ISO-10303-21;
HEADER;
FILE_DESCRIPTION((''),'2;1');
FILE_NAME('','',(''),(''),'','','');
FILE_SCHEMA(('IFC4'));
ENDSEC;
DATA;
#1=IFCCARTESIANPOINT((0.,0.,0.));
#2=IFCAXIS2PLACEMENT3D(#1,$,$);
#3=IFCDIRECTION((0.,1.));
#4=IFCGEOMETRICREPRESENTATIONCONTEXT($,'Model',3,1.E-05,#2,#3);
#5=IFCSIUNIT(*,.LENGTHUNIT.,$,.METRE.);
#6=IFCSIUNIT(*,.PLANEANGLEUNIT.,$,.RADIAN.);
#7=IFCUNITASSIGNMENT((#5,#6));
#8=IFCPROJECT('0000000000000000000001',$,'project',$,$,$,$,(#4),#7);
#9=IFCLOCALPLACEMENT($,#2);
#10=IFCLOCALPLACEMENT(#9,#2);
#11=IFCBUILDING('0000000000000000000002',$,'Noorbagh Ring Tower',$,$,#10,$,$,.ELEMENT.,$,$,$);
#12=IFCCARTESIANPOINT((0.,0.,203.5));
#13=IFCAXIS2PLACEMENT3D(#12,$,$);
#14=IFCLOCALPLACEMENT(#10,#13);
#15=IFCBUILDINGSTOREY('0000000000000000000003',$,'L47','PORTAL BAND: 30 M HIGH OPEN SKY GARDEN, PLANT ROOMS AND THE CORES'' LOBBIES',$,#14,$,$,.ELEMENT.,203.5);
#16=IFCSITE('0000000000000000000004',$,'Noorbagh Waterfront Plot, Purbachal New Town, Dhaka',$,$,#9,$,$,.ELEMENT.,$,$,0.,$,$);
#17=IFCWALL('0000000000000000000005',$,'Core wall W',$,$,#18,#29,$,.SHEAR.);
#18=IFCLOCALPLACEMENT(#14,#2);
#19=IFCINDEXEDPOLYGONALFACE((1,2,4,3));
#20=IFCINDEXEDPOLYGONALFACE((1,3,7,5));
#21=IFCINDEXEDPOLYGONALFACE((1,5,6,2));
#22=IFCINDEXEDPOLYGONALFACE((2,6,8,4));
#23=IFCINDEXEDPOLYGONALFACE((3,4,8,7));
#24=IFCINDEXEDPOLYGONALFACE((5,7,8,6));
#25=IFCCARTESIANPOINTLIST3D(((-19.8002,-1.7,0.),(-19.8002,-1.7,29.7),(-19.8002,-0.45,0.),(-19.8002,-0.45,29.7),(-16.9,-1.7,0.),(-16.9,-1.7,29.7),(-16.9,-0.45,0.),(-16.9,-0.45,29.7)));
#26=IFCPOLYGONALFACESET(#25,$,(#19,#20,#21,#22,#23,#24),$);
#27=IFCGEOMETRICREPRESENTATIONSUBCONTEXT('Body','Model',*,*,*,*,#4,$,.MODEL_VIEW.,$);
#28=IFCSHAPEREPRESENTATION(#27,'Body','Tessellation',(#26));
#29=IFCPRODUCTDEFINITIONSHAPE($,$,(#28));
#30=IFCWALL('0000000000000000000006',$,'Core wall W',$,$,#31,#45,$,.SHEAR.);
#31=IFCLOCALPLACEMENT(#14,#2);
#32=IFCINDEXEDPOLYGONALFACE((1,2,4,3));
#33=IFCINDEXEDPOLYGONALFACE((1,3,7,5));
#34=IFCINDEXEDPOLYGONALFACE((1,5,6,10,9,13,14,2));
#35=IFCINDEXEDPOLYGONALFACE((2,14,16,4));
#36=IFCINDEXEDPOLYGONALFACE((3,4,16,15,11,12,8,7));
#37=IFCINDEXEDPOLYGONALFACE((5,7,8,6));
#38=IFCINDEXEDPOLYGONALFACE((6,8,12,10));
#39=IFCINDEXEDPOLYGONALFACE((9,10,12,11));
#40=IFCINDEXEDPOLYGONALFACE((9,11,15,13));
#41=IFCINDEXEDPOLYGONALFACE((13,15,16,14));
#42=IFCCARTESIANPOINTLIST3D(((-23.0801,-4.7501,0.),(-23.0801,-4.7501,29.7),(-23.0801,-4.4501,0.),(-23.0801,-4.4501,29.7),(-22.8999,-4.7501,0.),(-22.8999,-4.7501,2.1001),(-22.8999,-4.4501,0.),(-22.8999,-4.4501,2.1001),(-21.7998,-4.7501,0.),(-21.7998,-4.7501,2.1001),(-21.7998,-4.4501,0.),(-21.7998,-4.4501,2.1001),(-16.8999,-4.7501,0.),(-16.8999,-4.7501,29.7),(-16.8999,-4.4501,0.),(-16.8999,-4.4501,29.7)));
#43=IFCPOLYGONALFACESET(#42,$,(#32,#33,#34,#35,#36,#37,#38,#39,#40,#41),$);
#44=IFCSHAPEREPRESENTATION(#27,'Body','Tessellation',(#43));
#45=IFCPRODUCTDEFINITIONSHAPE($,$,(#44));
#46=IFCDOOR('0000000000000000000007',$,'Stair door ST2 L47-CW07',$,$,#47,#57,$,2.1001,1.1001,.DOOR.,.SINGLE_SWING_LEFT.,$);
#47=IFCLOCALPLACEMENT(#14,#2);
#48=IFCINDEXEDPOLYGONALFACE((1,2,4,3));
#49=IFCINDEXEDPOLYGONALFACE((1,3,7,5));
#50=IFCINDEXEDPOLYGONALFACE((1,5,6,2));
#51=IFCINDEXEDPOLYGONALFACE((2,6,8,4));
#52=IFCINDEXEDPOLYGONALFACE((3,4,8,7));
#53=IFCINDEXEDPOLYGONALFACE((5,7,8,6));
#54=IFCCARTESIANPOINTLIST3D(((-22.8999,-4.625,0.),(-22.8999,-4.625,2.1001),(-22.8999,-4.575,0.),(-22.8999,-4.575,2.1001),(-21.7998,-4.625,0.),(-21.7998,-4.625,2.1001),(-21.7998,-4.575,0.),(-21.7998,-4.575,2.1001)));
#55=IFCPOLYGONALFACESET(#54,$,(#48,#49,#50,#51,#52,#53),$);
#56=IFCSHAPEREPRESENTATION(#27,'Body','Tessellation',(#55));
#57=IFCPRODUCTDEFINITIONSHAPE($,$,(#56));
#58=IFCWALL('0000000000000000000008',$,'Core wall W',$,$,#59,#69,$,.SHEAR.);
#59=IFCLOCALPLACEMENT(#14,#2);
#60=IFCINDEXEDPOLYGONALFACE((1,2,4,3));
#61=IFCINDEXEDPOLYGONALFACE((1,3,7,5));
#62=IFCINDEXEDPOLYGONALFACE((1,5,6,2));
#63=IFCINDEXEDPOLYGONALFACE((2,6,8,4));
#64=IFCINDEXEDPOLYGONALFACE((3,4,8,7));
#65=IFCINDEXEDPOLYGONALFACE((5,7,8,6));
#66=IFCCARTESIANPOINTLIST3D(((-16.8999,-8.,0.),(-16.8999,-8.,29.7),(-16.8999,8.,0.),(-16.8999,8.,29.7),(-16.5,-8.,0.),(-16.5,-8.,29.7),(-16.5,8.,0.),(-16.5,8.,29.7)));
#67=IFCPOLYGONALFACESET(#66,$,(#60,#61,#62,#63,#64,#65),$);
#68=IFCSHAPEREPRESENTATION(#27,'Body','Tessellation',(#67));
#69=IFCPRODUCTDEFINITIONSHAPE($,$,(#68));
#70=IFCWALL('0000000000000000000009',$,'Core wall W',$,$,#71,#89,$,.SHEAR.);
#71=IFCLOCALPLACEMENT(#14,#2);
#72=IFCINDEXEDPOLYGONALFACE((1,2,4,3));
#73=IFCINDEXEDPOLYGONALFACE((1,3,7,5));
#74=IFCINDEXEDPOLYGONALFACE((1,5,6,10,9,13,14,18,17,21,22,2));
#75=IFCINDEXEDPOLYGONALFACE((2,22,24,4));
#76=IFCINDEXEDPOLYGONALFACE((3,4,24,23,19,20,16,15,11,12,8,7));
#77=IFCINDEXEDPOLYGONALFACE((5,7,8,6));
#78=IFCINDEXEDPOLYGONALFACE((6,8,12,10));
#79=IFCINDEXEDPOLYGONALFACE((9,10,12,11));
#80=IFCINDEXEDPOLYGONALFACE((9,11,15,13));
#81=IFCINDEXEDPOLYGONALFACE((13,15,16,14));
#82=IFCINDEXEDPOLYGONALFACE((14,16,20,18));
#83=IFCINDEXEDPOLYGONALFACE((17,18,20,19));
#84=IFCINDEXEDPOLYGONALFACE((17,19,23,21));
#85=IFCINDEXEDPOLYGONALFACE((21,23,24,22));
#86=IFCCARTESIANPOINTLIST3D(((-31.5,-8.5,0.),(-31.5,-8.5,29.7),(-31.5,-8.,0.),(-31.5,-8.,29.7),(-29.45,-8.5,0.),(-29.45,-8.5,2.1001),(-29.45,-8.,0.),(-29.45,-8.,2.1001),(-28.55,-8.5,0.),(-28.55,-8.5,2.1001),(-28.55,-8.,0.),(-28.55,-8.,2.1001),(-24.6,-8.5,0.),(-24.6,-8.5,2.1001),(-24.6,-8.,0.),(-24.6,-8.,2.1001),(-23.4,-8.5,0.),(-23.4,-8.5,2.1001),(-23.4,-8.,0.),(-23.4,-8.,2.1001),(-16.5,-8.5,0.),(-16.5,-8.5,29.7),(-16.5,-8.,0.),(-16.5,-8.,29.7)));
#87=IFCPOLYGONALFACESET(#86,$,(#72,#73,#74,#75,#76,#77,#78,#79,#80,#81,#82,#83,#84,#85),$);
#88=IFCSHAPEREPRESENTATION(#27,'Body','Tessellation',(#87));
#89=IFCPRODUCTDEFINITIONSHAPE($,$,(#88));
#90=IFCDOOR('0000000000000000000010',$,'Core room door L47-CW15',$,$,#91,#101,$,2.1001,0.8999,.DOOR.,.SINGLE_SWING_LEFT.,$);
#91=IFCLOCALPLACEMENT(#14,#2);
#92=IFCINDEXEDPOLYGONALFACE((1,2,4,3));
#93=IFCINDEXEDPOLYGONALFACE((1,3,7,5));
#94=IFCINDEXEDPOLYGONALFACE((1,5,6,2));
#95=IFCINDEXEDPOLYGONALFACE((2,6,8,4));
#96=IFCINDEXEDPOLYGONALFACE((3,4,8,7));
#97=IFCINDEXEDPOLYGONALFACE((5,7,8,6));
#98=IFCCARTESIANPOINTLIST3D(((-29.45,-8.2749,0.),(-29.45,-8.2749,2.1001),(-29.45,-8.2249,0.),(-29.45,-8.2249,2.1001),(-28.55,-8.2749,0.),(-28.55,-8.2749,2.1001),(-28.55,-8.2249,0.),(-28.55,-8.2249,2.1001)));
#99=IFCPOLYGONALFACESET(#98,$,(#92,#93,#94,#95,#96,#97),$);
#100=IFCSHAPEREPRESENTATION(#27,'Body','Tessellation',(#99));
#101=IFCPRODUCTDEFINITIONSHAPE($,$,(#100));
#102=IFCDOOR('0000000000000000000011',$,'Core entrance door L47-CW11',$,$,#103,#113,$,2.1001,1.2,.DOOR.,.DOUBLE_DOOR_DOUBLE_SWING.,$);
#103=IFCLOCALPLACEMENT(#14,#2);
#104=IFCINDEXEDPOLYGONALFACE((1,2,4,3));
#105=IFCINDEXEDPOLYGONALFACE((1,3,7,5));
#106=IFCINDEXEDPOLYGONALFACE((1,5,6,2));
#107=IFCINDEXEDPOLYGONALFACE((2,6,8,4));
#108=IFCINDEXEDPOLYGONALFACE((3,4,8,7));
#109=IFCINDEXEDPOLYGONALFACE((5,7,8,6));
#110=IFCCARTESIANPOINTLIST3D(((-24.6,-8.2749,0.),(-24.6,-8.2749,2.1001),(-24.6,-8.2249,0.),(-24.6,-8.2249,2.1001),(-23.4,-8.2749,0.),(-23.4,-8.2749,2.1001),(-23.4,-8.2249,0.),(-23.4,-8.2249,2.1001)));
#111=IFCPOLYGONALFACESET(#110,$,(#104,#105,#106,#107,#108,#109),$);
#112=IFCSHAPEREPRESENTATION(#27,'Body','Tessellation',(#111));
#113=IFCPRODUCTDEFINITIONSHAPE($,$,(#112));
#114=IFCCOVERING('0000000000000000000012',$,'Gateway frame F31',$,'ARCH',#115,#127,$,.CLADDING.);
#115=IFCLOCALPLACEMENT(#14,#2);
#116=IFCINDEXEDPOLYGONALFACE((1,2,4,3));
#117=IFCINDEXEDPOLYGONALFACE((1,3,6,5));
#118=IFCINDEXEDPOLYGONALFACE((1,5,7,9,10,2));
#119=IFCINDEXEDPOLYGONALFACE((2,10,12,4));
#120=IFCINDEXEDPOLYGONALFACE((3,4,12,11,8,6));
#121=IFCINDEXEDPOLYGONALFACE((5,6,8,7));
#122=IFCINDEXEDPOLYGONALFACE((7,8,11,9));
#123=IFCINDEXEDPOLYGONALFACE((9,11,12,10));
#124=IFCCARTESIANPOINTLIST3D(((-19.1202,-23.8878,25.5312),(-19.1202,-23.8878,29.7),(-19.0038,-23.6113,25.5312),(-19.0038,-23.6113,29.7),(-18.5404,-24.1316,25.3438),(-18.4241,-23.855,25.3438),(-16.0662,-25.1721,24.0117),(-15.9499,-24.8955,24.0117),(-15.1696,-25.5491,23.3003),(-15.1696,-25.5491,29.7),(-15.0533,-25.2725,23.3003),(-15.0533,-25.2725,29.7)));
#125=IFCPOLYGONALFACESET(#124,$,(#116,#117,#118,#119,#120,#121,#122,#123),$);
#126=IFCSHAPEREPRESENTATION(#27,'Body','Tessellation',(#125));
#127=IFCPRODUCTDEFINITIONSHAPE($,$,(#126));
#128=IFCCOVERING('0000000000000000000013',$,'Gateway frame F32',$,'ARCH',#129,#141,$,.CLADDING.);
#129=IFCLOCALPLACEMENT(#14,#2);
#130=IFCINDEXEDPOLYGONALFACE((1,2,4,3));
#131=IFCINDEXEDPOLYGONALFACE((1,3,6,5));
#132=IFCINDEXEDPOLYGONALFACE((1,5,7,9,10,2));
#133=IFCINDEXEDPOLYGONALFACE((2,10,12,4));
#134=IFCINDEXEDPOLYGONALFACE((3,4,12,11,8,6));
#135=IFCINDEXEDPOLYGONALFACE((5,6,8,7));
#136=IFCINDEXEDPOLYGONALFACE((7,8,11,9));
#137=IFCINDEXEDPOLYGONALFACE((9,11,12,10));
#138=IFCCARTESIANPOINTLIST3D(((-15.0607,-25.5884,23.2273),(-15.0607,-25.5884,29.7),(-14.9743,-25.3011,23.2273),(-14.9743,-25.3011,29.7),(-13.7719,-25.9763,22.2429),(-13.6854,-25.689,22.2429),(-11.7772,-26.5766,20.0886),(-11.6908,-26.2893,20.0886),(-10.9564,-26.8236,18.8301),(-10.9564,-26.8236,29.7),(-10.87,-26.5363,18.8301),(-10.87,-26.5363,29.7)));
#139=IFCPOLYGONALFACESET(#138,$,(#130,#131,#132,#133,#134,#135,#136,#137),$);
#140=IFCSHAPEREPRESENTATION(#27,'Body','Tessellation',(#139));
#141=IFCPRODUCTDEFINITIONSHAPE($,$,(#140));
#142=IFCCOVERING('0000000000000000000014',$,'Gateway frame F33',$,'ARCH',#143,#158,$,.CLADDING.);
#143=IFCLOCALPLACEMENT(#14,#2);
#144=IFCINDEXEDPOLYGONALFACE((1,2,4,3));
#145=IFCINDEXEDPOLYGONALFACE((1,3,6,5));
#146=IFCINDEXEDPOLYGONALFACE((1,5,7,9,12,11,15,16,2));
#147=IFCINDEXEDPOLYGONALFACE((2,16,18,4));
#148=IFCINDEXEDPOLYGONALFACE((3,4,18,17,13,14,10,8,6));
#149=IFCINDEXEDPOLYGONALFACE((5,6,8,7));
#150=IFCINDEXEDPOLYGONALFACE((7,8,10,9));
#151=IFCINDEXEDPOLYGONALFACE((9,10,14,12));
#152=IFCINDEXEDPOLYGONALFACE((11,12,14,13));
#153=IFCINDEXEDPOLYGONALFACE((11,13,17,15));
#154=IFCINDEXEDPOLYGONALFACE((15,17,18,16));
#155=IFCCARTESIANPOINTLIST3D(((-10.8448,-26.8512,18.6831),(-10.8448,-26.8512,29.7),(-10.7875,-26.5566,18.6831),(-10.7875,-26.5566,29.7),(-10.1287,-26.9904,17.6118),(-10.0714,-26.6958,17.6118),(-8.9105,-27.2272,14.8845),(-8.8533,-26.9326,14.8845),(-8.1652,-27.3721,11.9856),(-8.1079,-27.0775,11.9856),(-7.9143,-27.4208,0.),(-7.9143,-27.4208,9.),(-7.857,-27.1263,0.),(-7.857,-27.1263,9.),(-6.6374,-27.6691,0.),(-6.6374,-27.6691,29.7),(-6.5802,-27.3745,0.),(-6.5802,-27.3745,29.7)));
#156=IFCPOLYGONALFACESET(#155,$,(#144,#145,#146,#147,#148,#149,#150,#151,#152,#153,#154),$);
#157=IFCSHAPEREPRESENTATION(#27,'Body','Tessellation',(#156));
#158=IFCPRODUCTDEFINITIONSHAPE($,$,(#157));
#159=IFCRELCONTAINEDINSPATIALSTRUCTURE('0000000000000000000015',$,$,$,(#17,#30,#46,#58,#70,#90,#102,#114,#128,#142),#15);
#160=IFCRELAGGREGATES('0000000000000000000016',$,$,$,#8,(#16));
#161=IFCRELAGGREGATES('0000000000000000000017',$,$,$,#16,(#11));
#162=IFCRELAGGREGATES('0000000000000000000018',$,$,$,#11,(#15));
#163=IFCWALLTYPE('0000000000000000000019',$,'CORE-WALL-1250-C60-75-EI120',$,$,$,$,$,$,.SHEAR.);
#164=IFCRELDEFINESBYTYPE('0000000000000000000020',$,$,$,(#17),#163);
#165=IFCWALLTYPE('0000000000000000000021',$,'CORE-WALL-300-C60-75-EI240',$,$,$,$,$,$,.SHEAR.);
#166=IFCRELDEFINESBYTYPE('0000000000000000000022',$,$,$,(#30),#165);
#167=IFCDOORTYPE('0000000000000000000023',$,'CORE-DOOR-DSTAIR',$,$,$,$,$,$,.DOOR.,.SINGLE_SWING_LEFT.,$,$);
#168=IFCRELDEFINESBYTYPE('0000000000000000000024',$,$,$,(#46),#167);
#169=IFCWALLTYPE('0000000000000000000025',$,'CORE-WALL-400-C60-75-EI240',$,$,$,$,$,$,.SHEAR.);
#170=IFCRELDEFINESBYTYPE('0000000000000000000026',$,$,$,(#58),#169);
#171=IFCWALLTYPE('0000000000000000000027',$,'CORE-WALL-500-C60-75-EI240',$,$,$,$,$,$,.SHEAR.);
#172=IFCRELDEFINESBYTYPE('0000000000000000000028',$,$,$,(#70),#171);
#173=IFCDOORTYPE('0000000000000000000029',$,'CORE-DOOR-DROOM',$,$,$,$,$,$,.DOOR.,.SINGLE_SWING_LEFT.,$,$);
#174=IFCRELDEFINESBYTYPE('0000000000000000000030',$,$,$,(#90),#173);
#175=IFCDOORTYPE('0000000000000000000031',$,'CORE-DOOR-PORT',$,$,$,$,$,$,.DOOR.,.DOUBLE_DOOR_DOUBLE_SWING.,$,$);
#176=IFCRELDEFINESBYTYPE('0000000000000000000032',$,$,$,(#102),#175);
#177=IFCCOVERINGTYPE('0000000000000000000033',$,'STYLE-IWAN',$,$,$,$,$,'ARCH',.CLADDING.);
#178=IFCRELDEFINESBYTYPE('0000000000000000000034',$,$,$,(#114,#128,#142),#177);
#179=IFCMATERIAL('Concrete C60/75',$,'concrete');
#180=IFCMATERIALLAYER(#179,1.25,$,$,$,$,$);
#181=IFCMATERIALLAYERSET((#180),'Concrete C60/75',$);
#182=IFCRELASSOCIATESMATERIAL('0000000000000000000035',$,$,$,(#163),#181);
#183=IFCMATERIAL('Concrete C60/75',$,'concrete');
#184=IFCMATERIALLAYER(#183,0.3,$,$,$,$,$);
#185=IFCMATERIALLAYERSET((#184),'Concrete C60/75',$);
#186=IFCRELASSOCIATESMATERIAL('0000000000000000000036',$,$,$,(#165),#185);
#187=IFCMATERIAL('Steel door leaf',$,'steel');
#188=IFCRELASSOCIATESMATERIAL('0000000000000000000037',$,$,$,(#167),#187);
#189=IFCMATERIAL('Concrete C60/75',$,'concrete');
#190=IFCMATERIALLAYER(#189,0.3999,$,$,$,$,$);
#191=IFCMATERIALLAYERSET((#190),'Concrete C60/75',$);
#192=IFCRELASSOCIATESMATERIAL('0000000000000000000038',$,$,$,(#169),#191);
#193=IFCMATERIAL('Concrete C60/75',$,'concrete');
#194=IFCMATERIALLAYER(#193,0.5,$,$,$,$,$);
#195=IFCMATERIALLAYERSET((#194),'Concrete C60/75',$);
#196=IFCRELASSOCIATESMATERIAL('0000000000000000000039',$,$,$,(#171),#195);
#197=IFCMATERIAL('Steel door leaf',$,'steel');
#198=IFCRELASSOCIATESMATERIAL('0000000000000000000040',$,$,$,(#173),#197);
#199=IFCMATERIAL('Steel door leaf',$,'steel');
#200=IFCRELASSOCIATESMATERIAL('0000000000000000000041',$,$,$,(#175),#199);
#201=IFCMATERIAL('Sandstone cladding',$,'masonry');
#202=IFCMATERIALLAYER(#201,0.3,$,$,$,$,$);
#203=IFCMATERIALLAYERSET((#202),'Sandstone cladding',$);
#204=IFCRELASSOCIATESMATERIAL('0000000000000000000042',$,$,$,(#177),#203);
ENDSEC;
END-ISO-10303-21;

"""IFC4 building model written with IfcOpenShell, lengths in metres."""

from ifc_helpers import new_model, si_unit, direction, frame, frame_2d, origin, place, context, subcontext, project, spatial, polyline, rectangle, outline, extrude, material, layer, layer_set, type_object, element, fill, save


model = new_model("IFC4")

# Units and contexts
model_context = context("Model", 3, precision=1e-05, world=origin(), true_north=direction((0.0, 1.0)))
body_context = subcontext(model_context, "Body", "Model", "MODEL_VIEW")
ifc_project = project(units=[si_unit("LENGTHUNIT", "METRE"), si_unit("PLANEANGLEUNIT", "RADIAN")], contexts=[model_context])

# Site, building, storey
site_placement = place(None, origin())
site = spatial("IfcSite", under=ifc_project, at=site_placement, Name="Noorbagh Waterfront Plot, Purbachal New Town, Dhaka", CompositionType="ELEMENT", RefElevation=0.0)
building_placement = place(site_placement, origin())
building = spatial("IfcBuilding", under=site, at=building_placement, Name="Noorbagh Ring Tower", CompositionType="ELEMENT")
storey_placement = place(building_placement, frame((0.0, 0.0, 203.5)))
storey = spatial("IfcBuildingStorey", under=building, at=storey_placement, Name="L47", Description="PORTAL BAND: 30 M HIGH OPEN SKY GARDEN, PLANT ROOMS AND THE CORES' LOBBIES", CompositionType="ELEMENT", Elevation=203.5)

# Wall
ifc_material_1 = material(Name="Concrete C60/75", Category="concrete")
ifc_layer_1 = layer(ifc_material_1, 1.25)
ifc_layer_set_1 = layer_set([ifc_layer_1], Name="Concrete C60/75")
wall_type_1 = type_object("IfcWallType", Name="CORE-WALL-1250-C60-75-EI120", PredefinedType="SHEAR", material=ifc_layer_set_1)
wall_1_placement = place(storey_placement, frame((-16.8999, -1.075, 0.0), z_axis=(0.0, 0.0, 1.0), x_axis=(-1.0, 0.0, 0.0)))
element("IfcWall", 1, at=wall_1_placement, inside=storey, type_object=wall_type_1, Name="Core wall W", PredefinedType="SHEAR", context=body_context, shape_type="SweptSolid", body=[
    extrude(rectangle(XDim=2.9001, YDim=1.25, at=frame_2d((1.4502, 0.0))), origin(), (0.0, 0.0, 1.0), 29.7),
])

# Wall, opening, door
ifc_material_2 = material(Name="Concrete C60/75", Category="concrete")
ifc_layer_2 = layer(ifc_material_2, 0.3)
ifc_layer_set_2 = layer_set([ifc_layer_2], Name="Concrete C60/75")
wall_type_2 = type_object("IfcWallType", Name="CORE-WALL-300-C60-75-EI240", PredefinedType="SHEAR", material=ifc_layer_set_2)
wall_2_placement = place(storey_placement, frame((-16.8999, -4.6001, 0.0), z_axis=(0.0, 0.0, 1.0), x_axis=(-1.0, 0.0, 0.0)))
wall_2 = element("IfcWall", 2, at=wall_2_placement, inside=storey, type_object=wall_type_2, Name="Core wall W", PredefinedType="SHEAR", context=body_context, shape_type="SweptSolid", body=[
    extrude(rectangle(XDim=6.1802, YDim=0.3, at=frame_2d((3.0901, 0.0))), origin(), (0.0, 0.0, 1.0), 29.7),
])
opening_1_placement = place(wall_2_placement, frame((4.8999, 0.0, 0.0)))
opening_1 = element("IfcOpeningElement", 3, at=opening_1_placement, cuts=wall_2, PredefinedType="OPENING", context=body_context, shape_type="SweptSolid", body=[
    extrude(rectangle(XDim=1.1001, YDim=2.1001, at=frame_2d((0.55, 1.05))), frame((0.0, 0.1602, 0.0), z_axis=(0.0, -1.0, 0.0), x_axis=(1.0, 0.0, 0.0)), (0.0, 0.0, 1.0), 0.3201),
])
ifc_material_3 = material(Name="Steel door leaf", Category="steel")
door_type_1 = type_object("IfcDoorType", Name="CORE-DOOR-DSTAIR", OperationType="SINGLE_SWING_LEFT", PredefinedType="DOOR", material=ifc_material_3)
door_1_placement = place(opening_1_placement, origin())
door_1 = element("IfcDoor", 4, at=door_1_placement, inside=storey, type_object=door_type_1, Name="Stair door ST2 L47-CW07", OperationType="SINGLE_SWING_LEFT", OverallHeight=2.1001, OverallWidth=1.1001, PredefinedType="DOOR", context=body_context, shape_type="SweptSolid", body=[
    extrude(rectangle(XDim=1.1001, YDim=2.1001, at=frame_2d((0.55, 1.05))), frame((0.0, 0.0249, 0.0), z_axis=(0.0, -1.0, 0.0), x_axis=(1.0, 0.0, 0.0)), (0.0, 0.0, 1.0), 0.05),
])
fill(opening_1, door_1)

# Wall
ifc_material_4 = material(Name="Concrete C60/75", Category="concrete")
ifc_layer_3 = layer(ifc_material_4, 0.3999)
ifc_layer_set_3 = layer_set([ifc_layer_3], Name="Concrete C60/75")
wall_type_3 = type_object("IfcWallType", Name="CORE-WALL-400-C60-75-EI240", PredefinedType="SHEAR", material=ifc_layer_set_3)
wall_3_placement = place(storey_placement, frame((-16.7, -8.0, 0.0), z_axis=(0.0, 0.0, 1.0), x_axis=(0.0, 1.0, 0.0)))
element("IfcWall", 5, at=wall_3_placement, inside=storey, type_object=wall_type_3, Name="Core wall W", PredefinedType="SHEAR", context=body_context, shape_type="SweptSolid", body=[
    extrude(rectangle(XDim=16.0, YDim=0.3999, at=frame_2d((8.0, 0.0))), origin(), (0.0, 0.0, 1.0), 29.7),
])

# Wall, openings, doors
ifc_material_5 = material(Name="Concrete C60/75", Category="concrete")
ifc_layer_4 = layer(ifc_material_5, 0.5)
ifc_layer_set_4 = layer_set([ifc_layer_4], Name="Concrete C60/75")
wall_type_4 = type_object("IfcWallType", Name="CORE-WALL-500-C60-75-EI240", PredefinedType="SHEAR", material=ifc_layer_set_4)
wall_4_placement = place(storey_placement, frame((-16.5, -8.25, 0.0), z_axis=(0.0, 0.0, 1.0), x_axis=(-1.0, 0.0, 0.0)))
wall_4 = element("IfcWall", 6, at=wall_4_placement, inside=storey, type_object=wall_type_4, Name="Core wall W", PredefinedType="SHEAR", context=body_context, shape_type="SweptSolid", body=[
    extrude(rectangle(XDim=15.0, YDim=0.5, at=frame_2d((7.5, 0.0))), origin(), (0.0, 0.0, 1.0), 29.7),
])
opening_2_placement = place(wall_4_placement, frame((6.8999, 0.0, 0.0)))
opening_2 = element("IfcOpeningElement", 7, at=opening_2_placement, cuts=wall_4, PredefinedType="OPENING", context=body_context, shape_type="SweptSolid", body=[
    extrude(rectangle(XDim=1.2, YDim=2.1001, at=frame_2d((0.6001, 1.05))), frame((0.0, 0.26, 0.0), z_axis=(0.0, -1.0, 0.0), x_axis=(1.0, 0.0, 0.0)), (0.0, 0.0, 1.0), 0.52),
])
opening_3_placement = place(wall_4_placement, frame((12.05, 0.0, 0.0)))
opening_3 = element("IfcOpeningElement", 8, at=opening_3_placement, cuts=wall_4, PredefinedType="OPENING", context=body_context, shape_type="SweptSolid", body=[
    extrude(rectangle(XDim=0.8999, YDim=2.1001, at=frame_2d((0.45, 1.05))), frame((0.0, 0.26, 0.0), z_axis=(0.0, -1.0, 0.0), x_axis=(1.0, 0.0, 0.0)), (0.0, 0.0, 1.0), 0.52),
])
ifc_material_6 = material(Name="Steel door leaf", Category="steel")
door_type_2 = type_object("IfcDoorType", Name="CORE-DOOR-DROOM", OperationType="SINGLE_SWING_LEFT", PredefinedType="DOOR", material=ifc_material_6)
door_2_placement = place(opening_3_placement, origin())
door_2 = element("IfcDoor", 9, at=door_2_placement, inside=storey, type_object=door_type_2, Name="Core room door L47-CW15", OperationType="SINGLE_SWING_LEFT", OverallHeight=2.1001, OverallWidth=0.8999, PredefinedType="DOOR", context=body_context, shape_type="SweptSolid", body=[
    extrude(rectangle(XDim=0.8999, YDim=2.1001, at=frame_2d((0.45, 1.05))), frame((0.0, 0.0249, 0.0), z_axis=(0.0, -1.0, 0.0), x_axis=(1.0, 0.0, 0.0)), (0.0, 0.0, 1.0), 0.05),
])
fill(opening_3, door_2)
ifc_material_7 = material(Name="Steel door leaf", Category="steel")
door_type_3 = type_object("IfcDoorType", Name="CORE-DOOR-PORT", OperationType="DOUBLE_DOOR_DOUBLE_SWING", PredefinedType="DOOR", material=ifc_material_7)
door_3_placement = place(opening_2_placement, origin())
door_3 = element("IfcDoor", 10, at=door_3_placement, inside=storey, type_object=door_type_3, Name="Core entrance door L47-CW11", OperationType="DOUBLE_DOOR_DOUBLE_SWING", OverallHeight=2.1001, OverallWidth=1.2, PredefinedType="DOOR", context=body_context, shape_type="SweptSolid", body=[
    extrude(rectangle(XDim=1.2, YDim=2.1001, at=frame_2d((0.6001, 1.05))), frame((0.0, 0.0249, 0.0), z_axis=(0.0, -1.0, 0.0), x_axis=(1.0, 0.0, 0.0)), (0.0, 0.0, 1.0), 0.05),
])
fill(opening_2, door_3)

# Coverings
ifc_material_8 = material(Name="Sandstone cladding", Category="masonry")
ifc_layer_5 = layer(ifc_material_8, 0.3)
ifc_layer_set_5 = layer_set([ifc_layer_5], Name="Sandstone cladding")
covering_type = type_object("IfcCoveringType", Name="STYLE-IWAN", ElementType="ARCH", PredefinedType="CLADDING", material=ifc_layer_set_5)
covering_1_placement = place(storey_placement, frame((-17.0286, -24.4419, 0.0), z_axis=(-0.387638, -0.921812, 0.0), x_axis=(0.921812, -0.387638, 0.0)))
element("IfcCovering", 11, at=covering_1_placement, inside=storey, type_object=covering_type, Name="Gateway frame F31", ObjectType="ARCH", PredefinedType="CLADDING", context=body_context, shape_type="SweptSolid", body=[
    extrude(outline(polyline([(-2.1428, 29.7), (-2.1428, 25.5312), (-1.5139, 25.3438), (1.1702, 24.0117), (2.1428, 23.3003), (2.1428, 29.7), (-2.1428, 29.7)])), origin(), (0.0, 0.0, 1.0), 0.3),
])
covering_2_placement = place(storey_placement, frame((-12.9221, -25.9187, 0.0), z_axis=(-0.288174, -0.957578, 0.0), x_axis=(0.957578, -0.288174, 0.0)))
element("IfcCovering", 12, at=covering_2_placement, inside=storey, type_object=covering_type, Name="Gateway frame F32", ObjectType="ARCH", PredefinedType="CLADDING", context=body_context, shape_type="SweptSolid", body=[
    extrude(outline(polyline([(-2.1431, 29.7), (-2.1431, 23.2273), (-0.7971, 22.2429), (1.2859, 20.0886), (2.1431, 18.8301), (2.1431, 29.7), (-2.1431, 29.7)])), origin(), (0.0, 0.0, 1.0), 0.3),
])
covering_3_placement = place(storey_placement, frame((-8.6838, -26.9656, 0.0), z_axis=(-0.19082, -0.981625, 0.0), x_axis=(0.981625, -0.19082, 0.0)))
element("IfcCovering", 13, at=covering_3_placement, inside=storey, type_object=covering_type, Name="Gateway frame F33", ObjectType="ARCH", PredefinedType="CLADDING", context=body_context, shape_type="SweptSolid", body=[
    extrude(outline(polyline([(-2.1431, 29.7), (-2.1431, 18.6831), (-1.4136, 17.6118), (-0.1726, 14.8845), (0.5867, 11.9856), (0.8423, 9.0), (0.8423, 0.0), (2.1431, 0.0), (2.1431, 29.7), (-2.1431, 29.7)])), origin(), (0.0, 0.0, 1.0), 0.3),
])

save(model, "model.ifc")
